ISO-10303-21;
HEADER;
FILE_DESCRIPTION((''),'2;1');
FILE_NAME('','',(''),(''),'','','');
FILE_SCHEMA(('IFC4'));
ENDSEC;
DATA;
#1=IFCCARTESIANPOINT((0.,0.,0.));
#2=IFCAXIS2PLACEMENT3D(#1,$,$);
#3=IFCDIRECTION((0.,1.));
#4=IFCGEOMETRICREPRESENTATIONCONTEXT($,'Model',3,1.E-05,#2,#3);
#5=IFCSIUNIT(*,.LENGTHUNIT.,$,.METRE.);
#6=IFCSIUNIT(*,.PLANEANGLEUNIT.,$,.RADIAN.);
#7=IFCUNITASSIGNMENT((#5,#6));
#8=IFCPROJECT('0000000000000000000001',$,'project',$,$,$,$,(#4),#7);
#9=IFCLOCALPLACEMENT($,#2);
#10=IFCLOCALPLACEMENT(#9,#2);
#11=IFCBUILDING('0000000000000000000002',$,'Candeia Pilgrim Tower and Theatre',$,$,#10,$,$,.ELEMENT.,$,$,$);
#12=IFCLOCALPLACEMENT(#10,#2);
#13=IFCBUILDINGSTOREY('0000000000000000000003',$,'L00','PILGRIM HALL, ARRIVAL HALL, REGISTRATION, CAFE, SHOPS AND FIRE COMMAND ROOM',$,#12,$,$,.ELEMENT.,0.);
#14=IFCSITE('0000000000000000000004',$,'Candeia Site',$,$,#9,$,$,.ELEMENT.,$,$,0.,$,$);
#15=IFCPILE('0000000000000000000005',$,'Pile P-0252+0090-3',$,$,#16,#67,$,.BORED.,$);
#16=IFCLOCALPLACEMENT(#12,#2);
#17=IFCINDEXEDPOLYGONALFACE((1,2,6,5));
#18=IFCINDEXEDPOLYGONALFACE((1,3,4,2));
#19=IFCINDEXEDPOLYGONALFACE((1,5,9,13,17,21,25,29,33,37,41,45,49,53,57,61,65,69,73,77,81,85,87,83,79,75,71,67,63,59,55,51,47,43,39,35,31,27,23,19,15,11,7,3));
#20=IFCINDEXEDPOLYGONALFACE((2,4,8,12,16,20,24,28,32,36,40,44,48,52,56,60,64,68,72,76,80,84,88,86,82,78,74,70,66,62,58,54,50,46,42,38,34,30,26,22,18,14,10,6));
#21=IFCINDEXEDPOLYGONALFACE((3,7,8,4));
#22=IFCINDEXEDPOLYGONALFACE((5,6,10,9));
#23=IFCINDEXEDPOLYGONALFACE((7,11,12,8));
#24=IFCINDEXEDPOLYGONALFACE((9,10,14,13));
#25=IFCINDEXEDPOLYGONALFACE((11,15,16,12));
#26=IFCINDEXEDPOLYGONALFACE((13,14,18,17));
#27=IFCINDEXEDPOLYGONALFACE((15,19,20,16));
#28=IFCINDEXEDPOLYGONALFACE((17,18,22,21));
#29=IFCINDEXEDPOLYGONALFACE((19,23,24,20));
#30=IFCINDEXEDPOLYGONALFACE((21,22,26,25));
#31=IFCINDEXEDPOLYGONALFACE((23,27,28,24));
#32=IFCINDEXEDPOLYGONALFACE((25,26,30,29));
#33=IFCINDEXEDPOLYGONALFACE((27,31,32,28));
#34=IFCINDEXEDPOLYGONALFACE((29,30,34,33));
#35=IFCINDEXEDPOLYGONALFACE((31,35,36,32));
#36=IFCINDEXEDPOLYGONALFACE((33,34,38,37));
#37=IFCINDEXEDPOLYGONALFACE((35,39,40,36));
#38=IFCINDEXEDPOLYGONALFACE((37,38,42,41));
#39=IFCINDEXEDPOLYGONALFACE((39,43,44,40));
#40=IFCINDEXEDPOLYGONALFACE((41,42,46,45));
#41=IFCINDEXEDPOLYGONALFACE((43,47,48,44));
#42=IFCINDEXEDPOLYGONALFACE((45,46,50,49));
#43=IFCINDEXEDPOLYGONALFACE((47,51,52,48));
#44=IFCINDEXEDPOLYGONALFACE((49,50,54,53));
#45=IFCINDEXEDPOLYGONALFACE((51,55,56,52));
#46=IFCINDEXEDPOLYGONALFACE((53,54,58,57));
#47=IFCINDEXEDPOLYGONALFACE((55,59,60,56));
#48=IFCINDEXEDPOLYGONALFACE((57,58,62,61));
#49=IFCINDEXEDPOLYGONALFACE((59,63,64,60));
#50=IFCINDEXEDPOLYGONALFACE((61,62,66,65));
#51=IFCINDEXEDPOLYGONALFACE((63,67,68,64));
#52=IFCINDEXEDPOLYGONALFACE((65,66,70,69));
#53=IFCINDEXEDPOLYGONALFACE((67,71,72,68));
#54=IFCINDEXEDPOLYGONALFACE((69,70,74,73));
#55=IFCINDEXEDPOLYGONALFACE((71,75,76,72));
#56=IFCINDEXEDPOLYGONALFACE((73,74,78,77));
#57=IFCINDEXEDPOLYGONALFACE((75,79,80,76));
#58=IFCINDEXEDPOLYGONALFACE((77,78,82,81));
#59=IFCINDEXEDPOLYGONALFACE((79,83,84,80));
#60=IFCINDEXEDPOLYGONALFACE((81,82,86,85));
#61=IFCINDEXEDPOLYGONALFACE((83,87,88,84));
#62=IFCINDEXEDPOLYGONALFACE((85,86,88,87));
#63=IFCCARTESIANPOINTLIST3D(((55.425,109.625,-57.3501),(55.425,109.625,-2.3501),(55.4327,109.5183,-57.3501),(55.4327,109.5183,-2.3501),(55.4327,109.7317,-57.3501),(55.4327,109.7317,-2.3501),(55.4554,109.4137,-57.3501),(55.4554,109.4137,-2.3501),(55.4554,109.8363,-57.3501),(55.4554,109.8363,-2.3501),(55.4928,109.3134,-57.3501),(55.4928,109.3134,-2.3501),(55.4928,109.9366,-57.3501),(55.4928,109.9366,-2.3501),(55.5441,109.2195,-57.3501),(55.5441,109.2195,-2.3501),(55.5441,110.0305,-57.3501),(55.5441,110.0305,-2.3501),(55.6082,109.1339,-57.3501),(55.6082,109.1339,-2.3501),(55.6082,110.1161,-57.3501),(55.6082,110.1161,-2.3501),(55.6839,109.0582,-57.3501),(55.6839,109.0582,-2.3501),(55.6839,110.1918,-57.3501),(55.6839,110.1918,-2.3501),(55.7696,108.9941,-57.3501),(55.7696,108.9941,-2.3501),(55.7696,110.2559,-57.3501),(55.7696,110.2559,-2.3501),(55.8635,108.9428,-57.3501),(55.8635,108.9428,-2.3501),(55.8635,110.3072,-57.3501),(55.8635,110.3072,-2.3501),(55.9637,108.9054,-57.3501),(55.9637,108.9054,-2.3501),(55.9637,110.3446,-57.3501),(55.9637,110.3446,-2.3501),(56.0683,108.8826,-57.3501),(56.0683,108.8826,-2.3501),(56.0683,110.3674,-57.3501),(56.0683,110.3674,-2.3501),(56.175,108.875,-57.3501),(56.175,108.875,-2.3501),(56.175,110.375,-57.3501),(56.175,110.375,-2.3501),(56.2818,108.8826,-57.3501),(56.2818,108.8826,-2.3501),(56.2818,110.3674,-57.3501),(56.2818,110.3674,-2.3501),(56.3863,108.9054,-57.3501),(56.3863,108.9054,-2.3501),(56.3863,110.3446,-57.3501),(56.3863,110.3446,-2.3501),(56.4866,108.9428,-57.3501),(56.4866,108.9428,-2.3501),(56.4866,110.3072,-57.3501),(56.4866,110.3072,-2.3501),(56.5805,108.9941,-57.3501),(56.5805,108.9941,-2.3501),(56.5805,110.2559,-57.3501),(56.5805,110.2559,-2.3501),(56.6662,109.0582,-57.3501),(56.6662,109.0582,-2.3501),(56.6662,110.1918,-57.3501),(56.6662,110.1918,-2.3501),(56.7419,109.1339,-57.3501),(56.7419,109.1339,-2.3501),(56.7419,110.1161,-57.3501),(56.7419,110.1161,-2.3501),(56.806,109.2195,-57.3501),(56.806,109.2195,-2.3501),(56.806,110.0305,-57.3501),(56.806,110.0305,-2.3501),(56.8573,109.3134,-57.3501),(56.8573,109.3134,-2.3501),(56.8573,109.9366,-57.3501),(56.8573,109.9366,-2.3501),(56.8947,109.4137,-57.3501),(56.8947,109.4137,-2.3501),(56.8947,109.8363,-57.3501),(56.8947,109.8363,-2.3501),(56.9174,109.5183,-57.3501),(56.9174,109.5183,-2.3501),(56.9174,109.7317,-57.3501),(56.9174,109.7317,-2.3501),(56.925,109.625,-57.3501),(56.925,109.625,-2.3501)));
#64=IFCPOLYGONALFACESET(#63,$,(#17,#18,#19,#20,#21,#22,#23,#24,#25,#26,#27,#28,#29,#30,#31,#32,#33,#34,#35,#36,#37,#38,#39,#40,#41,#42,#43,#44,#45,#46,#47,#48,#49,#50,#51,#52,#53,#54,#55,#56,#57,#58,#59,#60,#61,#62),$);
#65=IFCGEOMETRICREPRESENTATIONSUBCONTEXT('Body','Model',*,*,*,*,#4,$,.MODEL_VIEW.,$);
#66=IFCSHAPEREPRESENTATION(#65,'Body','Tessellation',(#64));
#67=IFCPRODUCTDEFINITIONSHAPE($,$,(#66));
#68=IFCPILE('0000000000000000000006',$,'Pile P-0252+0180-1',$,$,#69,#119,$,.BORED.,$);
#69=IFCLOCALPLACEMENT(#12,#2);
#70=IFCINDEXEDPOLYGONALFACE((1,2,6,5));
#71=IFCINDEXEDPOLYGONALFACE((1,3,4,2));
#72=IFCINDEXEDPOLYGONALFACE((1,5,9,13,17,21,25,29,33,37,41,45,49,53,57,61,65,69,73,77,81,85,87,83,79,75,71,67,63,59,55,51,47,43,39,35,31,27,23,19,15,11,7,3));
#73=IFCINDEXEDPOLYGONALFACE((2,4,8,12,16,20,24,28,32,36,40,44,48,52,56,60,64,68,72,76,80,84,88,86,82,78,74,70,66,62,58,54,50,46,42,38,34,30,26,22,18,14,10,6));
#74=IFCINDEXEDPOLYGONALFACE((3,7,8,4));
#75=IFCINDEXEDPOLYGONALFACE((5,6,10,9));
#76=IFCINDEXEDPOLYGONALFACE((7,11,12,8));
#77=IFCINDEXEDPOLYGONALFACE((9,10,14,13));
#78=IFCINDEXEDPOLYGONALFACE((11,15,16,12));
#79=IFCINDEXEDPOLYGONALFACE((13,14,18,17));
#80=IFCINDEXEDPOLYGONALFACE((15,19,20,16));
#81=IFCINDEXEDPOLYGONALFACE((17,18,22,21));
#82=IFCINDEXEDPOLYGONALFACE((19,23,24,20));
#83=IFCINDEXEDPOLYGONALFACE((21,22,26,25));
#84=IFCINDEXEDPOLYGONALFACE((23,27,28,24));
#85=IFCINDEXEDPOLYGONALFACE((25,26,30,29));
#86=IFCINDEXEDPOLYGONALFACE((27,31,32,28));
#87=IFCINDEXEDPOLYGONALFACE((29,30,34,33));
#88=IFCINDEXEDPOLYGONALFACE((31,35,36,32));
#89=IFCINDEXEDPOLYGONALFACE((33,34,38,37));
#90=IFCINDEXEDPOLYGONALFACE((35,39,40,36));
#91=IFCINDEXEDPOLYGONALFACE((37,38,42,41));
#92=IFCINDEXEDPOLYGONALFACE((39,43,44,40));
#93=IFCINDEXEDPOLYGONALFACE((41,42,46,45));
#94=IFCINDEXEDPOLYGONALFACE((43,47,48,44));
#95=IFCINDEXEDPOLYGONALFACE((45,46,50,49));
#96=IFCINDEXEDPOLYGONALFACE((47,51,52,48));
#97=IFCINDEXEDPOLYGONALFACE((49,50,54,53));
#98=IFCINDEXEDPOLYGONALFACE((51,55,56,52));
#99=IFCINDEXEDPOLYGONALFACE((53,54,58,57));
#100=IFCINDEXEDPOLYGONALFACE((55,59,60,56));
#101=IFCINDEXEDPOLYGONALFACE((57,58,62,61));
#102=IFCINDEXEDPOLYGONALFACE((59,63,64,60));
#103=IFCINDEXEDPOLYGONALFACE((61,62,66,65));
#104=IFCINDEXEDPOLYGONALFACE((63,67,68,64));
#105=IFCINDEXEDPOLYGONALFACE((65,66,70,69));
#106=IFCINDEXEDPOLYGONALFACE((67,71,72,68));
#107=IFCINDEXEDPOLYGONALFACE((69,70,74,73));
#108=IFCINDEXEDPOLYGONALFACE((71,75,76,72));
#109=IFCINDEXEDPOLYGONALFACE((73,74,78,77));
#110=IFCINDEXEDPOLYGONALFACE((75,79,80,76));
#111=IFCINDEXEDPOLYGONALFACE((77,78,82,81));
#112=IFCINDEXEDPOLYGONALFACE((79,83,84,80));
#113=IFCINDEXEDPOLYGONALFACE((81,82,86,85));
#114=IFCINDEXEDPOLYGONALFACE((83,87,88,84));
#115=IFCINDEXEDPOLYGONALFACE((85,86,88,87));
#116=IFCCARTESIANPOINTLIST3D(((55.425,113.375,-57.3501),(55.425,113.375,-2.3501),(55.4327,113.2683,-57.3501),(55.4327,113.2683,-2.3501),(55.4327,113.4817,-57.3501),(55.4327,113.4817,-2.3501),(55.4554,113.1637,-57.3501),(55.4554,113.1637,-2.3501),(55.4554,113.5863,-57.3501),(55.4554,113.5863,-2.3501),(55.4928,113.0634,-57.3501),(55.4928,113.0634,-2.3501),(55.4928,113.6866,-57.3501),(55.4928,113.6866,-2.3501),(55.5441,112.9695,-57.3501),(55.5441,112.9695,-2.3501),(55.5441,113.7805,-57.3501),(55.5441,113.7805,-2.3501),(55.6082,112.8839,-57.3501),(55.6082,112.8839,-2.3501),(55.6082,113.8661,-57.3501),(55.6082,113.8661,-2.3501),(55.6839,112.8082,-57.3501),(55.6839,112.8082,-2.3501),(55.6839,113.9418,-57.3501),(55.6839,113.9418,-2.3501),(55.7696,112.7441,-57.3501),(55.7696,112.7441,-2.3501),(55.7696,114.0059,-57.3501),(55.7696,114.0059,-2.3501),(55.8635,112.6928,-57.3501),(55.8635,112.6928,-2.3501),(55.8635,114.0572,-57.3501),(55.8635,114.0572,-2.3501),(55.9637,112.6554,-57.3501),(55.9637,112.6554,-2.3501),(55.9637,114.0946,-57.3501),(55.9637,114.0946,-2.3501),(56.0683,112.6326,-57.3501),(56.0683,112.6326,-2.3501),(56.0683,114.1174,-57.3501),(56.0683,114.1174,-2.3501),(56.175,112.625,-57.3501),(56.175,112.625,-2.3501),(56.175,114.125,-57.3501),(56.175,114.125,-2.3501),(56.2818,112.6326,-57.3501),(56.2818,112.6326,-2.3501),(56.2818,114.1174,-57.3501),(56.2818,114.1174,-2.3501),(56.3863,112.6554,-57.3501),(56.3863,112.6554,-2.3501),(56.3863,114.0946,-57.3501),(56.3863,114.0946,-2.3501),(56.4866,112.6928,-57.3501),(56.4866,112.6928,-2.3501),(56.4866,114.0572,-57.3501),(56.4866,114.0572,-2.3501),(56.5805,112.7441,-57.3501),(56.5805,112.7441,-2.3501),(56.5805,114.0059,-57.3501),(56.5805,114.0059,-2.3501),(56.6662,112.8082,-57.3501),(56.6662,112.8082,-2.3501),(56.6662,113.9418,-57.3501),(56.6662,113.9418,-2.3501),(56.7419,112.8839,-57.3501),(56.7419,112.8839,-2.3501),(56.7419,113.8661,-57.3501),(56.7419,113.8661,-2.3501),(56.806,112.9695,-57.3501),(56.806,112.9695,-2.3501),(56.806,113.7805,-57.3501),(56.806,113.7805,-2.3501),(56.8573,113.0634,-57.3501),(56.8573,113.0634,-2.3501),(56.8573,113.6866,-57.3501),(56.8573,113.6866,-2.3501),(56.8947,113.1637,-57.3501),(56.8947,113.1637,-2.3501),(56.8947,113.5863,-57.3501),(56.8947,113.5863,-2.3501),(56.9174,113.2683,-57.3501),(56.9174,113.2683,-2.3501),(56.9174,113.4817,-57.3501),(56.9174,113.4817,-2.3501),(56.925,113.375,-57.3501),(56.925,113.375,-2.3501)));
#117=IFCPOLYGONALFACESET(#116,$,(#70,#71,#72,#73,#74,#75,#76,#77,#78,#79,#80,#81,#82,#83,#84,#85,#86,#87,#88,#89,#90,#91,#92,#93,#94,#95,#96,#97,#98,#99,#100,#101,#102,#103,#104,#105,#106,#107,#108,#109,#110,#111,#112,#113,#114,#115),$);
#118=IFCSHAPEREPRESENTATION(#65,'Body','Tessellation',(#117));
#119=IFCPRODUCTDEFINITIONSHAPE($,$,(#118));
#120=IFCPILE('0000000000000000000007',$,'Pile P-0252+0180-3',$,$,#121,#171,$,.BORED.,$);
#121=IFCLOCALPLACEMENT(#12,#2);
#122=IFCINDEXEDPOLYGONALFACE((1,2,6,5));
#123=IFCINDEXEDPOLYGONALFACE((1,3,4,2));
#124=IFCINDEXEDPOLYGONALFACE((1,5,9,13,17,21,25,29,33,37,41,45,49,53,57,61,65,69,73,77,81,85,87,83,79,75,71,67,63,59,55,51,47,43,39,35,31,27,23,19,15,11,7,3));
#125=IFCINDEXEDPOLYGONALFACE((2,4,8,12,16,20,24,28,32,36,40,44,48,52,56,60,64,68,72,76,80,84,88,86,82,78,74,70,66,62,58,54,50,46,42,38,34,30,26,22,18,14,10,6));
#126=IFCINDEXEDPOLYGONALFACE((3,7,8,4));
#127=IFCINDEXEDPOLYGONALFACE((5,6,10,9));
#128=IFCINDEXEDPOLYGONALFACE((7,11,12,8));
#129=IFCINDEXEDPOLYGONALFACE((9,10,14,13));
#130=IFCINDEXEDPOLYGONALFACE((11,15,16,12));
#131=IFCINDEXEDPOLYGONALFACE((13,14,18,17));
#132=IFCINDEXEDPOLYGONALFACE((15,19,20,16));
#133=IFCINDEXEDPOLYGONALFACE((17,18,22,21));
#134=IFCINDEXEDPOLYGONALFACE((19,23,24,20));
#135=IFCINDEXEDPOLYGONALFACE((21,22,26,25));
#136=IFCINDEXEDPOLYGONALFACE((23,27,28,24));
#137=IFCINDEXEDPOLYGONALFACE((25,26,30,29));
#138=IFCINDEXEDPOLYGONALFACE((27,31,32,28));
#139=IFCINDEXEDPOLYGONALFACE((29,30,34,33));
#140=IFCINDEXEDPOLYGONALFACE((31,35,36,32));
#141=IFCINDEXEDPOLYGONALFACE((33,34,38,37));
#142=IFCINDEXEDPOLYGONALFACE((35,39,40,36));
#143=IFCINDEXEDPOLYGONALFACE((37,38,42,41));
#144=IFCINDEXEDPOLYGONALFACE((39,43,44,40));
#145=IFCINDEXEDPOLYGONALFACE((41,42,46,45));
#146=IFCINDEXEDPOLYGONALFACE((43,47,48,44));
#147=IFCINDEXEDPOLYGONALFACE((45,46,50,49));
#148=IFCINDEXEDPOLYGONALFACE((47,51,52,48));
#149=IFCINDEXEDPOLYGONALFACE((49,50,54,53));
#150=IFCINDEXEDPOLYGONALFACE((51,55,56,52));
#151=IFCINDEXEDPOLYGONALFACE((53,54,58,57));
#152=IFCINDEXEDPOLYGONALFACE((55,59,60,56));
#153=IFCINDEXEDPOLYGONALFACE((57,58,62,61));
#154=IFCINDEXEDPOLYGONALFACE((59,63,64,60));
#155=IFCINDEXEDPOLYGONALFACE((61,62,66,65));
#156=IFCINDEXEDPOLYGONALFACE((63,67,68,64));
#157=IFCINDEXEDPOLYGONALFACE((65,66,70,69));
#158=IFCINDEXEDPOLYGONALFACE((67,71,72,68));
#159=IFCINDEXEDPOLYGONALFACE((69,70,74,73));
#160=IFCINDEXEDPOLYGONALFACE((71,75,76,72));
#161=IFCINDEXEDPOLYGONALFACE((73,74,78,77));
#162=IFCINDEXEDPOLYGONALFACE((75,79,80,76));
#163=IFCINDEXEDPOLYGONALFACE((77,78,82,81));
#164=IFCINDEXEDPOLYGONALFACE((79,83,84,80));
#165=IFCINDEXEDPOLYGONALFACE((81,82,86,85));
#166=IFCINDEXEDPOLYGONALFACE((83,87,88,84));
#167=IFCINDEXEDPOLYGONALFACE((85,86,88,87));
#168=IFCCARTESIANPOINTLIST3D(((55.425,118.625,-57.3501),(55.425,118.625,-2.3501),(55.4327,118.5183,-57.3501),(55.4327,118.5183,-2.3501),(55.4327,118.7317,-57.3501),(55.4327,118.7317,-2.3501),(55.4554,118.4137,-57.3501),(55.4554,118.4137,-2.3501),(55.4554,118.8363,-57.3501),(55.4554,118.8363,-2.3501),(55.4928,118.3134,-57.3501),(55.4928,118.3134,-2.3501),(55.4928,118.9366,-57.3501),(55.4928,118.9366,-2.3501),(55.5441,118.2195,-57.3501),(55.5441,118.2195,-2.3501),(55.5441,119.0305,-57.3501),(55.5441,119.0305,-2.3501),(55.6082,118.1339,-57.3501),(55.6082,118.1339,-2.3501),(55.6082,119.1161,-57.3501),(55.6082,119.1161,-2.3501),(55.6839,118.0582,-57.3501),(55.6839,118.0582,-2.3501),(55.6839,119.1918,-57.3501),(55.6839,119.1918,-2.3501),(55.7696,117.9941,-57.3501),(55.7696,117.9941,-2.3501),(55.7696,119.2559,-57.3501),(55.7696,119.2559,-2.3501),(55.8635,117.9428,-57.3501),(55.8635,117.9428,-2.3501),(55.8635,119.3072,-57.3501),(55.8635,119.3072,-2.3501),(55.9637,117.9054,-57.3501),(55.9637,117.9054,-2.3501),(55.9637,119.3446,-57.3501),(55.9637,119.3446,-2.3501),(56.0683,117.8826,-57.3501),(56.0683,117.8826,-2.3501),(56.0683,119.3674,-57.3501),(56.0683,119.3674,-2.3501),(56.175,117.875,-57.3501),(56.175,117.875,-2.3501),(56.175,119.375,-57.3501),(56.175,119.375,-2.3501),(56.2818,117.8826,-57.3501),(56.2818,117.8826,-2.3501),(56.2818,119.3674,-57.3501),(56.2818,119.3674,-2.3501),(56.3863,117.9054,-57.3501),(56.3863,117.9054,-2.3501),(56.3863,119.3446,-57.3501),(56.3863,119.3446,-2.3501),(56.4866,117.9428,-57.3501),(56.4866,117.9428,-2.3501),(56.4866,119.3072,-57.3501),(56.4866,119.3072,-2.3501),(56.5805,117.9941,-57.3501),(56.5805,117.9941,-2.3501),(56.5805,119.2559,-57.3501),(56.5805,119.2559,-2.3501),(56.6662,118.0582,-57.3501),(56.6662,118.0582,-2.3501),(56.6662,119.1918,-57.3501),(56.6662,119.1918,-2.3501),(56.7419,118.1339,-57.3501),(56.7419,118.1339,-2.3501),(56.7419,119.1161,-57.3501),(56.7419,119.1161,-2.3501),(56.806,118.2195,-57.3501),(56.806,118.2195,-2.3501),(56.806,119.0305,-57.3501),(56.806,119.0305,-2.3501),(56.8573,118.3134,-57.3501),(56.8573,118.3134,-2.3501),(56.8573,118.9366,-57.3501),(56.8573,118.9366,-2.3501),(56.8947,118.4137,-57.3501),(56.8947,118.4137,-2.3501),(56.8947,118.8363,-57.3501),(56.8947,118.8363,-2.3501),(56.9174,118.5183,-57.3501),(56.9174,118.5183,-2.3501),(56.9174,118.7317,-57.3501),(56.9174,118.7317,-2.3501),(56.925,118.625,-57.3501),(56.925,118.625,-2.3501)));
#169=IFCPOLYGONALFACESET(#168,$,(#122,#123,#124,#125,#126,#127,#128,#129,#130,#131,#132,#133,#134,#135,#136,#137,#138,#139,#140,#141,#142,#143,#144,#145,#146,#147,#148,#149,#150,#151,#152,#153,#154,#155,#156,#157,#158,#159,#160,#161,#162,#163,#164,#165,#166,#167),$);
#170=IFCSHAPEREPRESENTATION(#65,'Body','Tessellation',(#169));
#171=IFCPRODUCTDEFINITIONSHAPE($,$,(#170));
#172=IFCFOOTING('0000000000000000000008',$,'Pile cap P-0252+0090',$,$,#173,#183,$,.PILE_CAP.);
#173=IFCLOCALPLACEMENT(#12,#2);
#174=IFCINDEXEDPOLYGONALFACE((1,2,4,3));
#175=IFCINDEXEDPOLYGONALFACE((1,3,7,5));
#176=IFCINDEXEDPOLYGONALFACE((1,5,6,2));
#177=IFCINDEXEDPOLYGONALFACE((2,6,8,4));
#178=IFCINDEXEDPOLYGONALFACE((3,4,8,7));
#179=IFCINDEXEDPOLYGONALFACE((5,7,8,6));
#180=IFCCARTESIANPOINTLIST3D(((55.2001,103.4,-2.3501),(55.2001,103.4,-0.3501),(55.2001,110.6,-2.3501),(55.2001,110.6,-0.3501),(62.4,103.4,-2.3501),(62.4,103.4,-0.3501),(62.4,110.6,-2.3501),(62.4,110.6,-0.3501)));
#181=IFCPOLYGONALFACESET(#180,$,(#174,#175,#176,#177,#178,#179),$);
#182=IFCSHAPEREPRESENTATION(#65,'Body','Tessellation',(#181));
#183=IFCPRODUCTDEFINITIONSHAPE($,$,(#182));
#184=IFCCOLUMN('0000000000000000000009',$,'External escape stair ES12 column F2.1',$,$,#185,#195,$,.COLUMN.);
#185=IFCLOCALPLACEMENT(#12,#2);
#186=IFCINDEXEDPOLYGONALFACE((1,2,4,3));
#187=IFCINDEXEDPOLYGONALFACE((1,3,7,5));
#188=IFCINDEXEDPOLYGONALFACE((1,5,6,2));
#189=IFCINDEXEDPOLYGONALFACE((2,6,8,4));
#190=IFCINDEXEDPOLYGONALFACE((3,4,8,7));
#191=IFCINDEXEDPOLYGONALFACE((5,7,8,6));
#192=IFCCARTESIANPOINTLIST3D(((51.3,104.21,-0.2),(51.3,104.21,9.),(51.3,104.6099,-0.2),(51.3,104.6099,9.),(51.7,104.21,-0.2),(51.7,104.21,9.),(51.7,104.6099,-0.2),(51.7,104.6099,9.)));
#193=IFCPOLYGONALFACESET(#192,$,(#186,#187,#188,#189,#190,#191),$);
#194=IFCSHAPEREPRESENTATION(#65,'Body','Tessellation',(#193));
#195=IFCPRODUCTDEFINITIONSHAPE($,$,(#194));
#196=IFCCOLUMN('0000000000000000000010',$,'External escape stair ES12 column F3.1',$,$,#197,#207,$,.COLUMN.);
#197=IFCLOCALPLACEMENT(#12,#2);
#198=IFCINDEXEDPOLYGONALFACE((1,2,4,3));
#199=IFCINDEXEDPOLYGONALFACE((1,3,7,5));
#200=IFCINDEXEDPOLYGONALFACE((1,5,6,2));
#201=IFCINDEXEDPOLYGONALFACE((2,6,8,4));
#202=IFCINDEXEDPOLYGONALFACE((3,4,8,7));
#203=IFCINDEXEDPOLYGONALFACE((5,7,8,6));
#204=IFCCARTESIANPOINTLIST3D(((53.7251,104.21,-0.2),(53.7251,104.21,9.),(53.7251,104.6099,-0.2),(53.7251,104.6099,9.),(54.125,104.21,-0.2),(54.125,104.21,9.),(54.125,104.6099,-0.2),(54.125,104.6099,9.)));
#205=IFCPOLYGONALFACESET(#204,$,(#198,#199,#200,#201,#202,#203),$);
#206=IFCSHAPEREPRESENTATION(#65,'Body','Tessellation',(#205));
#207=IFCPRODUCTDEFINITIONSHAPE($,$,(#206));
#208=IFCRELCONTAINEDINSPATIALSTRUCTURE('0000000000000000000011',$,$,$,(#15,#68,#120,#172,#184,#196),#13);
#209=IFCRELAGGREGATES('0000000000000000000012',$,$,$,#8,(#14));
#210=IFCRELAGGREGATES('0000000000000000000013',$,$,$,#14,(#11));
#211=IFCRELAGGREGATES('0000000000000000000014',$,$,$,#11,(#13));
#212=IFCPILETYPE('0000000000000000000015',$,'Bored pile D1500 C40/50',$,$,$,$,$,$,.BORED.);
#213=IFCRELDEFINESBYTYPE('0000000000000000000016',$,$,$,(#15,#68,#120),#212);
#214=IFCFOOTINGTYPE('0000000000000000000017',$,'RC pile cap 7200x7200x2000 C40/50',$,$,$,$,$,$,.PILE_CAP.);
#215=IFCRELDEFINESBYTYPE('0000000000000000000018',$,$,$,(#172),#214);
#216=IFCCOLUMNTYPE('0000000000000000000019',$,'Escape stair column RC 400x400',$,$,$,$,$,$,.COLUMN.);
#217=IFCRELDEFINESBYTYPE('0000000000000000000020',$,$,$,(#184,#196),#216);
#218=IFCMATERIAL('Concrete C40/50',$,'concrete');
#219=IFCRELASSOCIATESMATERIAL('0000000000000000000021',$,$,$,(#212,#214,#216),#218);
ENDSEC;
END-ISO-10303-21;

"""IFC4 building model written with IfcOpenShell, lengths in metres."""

from ifc_helpers import new_model, si_unit, direction, frame, origin, origin_2d, place, context, subcontext, project, spatial, rectangle, circle, extrude, material, material_profile, profile_set, type_object, element, save


model = new_model("IFC4")

# Units and contexts
model_context = context("Model", 3, precision=1e-05, world=origin(), true_north=direction((0.0, 1.0)))
body_context = subcontext(model_context, "Body", "Model", "MODEL_VIEW")
ifc_project = project(units=[si_unit("LENGTHUNIT", "METRE"), si_unit("PLANEANGLEUNIT", "RADIAN")], contexts=[model_context])

# Site, building, storey
site_placement = place(None, origin())
site = spatial("IfcSite", under=ifc_project, at=site_placement, Name="Candeia Site", CompositionType="ELEMENT", RefElevation=0.0)
building_placement = place(site_placement, origin())
building = spatial("IfcBuilding", under=site, at=building_placement, Name="Candeia Pilgrim Tower and Theatre", CompositionType="ELEMENT")
storey_placement = place(building_placement, origin())
storey = spatial("IfcBuildingStorey", under=building, at=storey_placement, Name="L00", Description="PILGRIM HALL, ARRIVAL HALL, REGISTRATION, CAFE, SHOPS AND FIRE COMMAND ROOM", CompositionType="ELEMENT", Elevation=0.0)

# Piles
ifc_material_1 = material(Name="Concrete C40/50", Category="concrete")
ifc_material_profile_1 = material_profile(ifc_material_1, circle(Radius=0.75, at=origin_2d()))
ifc_profile_set_1 = profile_set([ifc_material_profile_1], Name="Concrete C40/50")
pile_type = type_object("IfcPileType", Name="Bored pile D1500 C40/50", PredefinedType="BORED", material=ifc_profile_set_1)
for number, where, z_axis, x_axis, name in (
    (1, (56.175, 109.625, -2.3501), (0.0, 0.0, -1.0), (1.0, 0.0, 0.0), "Pile P-0252+0090-3"),
    (2, (56.175, 113.375, -2.3501), (0.0, 0.0, -1.0), (1.0, 0.0, 0.0), "Pile P-0252+0180-1"),
    (3, (56.175, 118.625, -2.3501), (0.0, 0.0, -1.0), (1.0, 0.0, 0.0), "Pile P-0252+0180-3"),
):
    element("IfcPile", number, at=place(storey_placement, frame(where, z_axis=z_axis, x_axis=x_axis)), inside=storey, type_object=pile_type, Name=name, PredefinedType="BORED", context=body_context, shape_type="SweptSolid", body=[
        extrude(circle(Radius=0.75, at=origin_2d()), origin(), (0.0, 0.0, 1.0), 55.0),
    ])

# Footing
footing_type = type_object("IfcFootingType", Name="RC pile cap 7200x7200x2000 C40/50", PredefinedType="PILE_CAP", material=ifc_material_1)
footing_placement = place(storey_placement, frame((58.8, 107.0, -2.3501), z_axis=(0.0, 0.0, 1.0), x_axis=(1.0, 0.0, 0.0)))
element("IfcFooting", 4, at=footing_placement, inside=storey, type_object=footing_type, Name="Pile cap P-0252+0090", PredefinedType="PILE_CAP", context=body_context, shape_type="SweptSolid", body=[
    extrude(rectangle(XDim=7.2, YDim=7.2, at=origin_2d()), origin(), (0.0, 0.0, 1.0), 2.0),
])

# Columns
ifc_material_profile_2 = material_profile(ifc_material_1, rectangle(XDim=0.3999, YDim=0.3999, at=origin_2d()))
ifc_profile_set_2 = profile_set([ifc_material_profile_2], Name="Concrete C40/50")
column_type_1 = type_object("IfcColumnType", Name="Escape stair column RC 400x400", PredefinedType="COLUMN", material=ifc_profile_set_2)
for number, where, z_axis, x_axis, name in (
    (5, (51.5, 104.4099, -0.2), (0.0, 0.0, 1.0), (1.0, 0.0, 0.0), "External escape stair ES12 column F2.1"),
    (6, (53.925, 104.4099, -0.2), (0.0, 0.0, 1.0), (1.0, 0.0, 0.0), "External escape stair ES12 column F3.1"),
):
    element("IfcColumn", number, at=place(storey_placement, frame(where, z_axis=z_axis, x_axis=x_axis)), inside=storey, type_object=column_type_1, Name=name, PredefinedType="COLUMN", context=body_context, shape_type="SweptSolid", body=[
        extrude(rectangle(XDim=0.3999, YDim=0.3999, at=origin_2d()), origin(), (0.0, 0.0, 1.0), 9.2),
    ])

save(model, "model.ifc")
